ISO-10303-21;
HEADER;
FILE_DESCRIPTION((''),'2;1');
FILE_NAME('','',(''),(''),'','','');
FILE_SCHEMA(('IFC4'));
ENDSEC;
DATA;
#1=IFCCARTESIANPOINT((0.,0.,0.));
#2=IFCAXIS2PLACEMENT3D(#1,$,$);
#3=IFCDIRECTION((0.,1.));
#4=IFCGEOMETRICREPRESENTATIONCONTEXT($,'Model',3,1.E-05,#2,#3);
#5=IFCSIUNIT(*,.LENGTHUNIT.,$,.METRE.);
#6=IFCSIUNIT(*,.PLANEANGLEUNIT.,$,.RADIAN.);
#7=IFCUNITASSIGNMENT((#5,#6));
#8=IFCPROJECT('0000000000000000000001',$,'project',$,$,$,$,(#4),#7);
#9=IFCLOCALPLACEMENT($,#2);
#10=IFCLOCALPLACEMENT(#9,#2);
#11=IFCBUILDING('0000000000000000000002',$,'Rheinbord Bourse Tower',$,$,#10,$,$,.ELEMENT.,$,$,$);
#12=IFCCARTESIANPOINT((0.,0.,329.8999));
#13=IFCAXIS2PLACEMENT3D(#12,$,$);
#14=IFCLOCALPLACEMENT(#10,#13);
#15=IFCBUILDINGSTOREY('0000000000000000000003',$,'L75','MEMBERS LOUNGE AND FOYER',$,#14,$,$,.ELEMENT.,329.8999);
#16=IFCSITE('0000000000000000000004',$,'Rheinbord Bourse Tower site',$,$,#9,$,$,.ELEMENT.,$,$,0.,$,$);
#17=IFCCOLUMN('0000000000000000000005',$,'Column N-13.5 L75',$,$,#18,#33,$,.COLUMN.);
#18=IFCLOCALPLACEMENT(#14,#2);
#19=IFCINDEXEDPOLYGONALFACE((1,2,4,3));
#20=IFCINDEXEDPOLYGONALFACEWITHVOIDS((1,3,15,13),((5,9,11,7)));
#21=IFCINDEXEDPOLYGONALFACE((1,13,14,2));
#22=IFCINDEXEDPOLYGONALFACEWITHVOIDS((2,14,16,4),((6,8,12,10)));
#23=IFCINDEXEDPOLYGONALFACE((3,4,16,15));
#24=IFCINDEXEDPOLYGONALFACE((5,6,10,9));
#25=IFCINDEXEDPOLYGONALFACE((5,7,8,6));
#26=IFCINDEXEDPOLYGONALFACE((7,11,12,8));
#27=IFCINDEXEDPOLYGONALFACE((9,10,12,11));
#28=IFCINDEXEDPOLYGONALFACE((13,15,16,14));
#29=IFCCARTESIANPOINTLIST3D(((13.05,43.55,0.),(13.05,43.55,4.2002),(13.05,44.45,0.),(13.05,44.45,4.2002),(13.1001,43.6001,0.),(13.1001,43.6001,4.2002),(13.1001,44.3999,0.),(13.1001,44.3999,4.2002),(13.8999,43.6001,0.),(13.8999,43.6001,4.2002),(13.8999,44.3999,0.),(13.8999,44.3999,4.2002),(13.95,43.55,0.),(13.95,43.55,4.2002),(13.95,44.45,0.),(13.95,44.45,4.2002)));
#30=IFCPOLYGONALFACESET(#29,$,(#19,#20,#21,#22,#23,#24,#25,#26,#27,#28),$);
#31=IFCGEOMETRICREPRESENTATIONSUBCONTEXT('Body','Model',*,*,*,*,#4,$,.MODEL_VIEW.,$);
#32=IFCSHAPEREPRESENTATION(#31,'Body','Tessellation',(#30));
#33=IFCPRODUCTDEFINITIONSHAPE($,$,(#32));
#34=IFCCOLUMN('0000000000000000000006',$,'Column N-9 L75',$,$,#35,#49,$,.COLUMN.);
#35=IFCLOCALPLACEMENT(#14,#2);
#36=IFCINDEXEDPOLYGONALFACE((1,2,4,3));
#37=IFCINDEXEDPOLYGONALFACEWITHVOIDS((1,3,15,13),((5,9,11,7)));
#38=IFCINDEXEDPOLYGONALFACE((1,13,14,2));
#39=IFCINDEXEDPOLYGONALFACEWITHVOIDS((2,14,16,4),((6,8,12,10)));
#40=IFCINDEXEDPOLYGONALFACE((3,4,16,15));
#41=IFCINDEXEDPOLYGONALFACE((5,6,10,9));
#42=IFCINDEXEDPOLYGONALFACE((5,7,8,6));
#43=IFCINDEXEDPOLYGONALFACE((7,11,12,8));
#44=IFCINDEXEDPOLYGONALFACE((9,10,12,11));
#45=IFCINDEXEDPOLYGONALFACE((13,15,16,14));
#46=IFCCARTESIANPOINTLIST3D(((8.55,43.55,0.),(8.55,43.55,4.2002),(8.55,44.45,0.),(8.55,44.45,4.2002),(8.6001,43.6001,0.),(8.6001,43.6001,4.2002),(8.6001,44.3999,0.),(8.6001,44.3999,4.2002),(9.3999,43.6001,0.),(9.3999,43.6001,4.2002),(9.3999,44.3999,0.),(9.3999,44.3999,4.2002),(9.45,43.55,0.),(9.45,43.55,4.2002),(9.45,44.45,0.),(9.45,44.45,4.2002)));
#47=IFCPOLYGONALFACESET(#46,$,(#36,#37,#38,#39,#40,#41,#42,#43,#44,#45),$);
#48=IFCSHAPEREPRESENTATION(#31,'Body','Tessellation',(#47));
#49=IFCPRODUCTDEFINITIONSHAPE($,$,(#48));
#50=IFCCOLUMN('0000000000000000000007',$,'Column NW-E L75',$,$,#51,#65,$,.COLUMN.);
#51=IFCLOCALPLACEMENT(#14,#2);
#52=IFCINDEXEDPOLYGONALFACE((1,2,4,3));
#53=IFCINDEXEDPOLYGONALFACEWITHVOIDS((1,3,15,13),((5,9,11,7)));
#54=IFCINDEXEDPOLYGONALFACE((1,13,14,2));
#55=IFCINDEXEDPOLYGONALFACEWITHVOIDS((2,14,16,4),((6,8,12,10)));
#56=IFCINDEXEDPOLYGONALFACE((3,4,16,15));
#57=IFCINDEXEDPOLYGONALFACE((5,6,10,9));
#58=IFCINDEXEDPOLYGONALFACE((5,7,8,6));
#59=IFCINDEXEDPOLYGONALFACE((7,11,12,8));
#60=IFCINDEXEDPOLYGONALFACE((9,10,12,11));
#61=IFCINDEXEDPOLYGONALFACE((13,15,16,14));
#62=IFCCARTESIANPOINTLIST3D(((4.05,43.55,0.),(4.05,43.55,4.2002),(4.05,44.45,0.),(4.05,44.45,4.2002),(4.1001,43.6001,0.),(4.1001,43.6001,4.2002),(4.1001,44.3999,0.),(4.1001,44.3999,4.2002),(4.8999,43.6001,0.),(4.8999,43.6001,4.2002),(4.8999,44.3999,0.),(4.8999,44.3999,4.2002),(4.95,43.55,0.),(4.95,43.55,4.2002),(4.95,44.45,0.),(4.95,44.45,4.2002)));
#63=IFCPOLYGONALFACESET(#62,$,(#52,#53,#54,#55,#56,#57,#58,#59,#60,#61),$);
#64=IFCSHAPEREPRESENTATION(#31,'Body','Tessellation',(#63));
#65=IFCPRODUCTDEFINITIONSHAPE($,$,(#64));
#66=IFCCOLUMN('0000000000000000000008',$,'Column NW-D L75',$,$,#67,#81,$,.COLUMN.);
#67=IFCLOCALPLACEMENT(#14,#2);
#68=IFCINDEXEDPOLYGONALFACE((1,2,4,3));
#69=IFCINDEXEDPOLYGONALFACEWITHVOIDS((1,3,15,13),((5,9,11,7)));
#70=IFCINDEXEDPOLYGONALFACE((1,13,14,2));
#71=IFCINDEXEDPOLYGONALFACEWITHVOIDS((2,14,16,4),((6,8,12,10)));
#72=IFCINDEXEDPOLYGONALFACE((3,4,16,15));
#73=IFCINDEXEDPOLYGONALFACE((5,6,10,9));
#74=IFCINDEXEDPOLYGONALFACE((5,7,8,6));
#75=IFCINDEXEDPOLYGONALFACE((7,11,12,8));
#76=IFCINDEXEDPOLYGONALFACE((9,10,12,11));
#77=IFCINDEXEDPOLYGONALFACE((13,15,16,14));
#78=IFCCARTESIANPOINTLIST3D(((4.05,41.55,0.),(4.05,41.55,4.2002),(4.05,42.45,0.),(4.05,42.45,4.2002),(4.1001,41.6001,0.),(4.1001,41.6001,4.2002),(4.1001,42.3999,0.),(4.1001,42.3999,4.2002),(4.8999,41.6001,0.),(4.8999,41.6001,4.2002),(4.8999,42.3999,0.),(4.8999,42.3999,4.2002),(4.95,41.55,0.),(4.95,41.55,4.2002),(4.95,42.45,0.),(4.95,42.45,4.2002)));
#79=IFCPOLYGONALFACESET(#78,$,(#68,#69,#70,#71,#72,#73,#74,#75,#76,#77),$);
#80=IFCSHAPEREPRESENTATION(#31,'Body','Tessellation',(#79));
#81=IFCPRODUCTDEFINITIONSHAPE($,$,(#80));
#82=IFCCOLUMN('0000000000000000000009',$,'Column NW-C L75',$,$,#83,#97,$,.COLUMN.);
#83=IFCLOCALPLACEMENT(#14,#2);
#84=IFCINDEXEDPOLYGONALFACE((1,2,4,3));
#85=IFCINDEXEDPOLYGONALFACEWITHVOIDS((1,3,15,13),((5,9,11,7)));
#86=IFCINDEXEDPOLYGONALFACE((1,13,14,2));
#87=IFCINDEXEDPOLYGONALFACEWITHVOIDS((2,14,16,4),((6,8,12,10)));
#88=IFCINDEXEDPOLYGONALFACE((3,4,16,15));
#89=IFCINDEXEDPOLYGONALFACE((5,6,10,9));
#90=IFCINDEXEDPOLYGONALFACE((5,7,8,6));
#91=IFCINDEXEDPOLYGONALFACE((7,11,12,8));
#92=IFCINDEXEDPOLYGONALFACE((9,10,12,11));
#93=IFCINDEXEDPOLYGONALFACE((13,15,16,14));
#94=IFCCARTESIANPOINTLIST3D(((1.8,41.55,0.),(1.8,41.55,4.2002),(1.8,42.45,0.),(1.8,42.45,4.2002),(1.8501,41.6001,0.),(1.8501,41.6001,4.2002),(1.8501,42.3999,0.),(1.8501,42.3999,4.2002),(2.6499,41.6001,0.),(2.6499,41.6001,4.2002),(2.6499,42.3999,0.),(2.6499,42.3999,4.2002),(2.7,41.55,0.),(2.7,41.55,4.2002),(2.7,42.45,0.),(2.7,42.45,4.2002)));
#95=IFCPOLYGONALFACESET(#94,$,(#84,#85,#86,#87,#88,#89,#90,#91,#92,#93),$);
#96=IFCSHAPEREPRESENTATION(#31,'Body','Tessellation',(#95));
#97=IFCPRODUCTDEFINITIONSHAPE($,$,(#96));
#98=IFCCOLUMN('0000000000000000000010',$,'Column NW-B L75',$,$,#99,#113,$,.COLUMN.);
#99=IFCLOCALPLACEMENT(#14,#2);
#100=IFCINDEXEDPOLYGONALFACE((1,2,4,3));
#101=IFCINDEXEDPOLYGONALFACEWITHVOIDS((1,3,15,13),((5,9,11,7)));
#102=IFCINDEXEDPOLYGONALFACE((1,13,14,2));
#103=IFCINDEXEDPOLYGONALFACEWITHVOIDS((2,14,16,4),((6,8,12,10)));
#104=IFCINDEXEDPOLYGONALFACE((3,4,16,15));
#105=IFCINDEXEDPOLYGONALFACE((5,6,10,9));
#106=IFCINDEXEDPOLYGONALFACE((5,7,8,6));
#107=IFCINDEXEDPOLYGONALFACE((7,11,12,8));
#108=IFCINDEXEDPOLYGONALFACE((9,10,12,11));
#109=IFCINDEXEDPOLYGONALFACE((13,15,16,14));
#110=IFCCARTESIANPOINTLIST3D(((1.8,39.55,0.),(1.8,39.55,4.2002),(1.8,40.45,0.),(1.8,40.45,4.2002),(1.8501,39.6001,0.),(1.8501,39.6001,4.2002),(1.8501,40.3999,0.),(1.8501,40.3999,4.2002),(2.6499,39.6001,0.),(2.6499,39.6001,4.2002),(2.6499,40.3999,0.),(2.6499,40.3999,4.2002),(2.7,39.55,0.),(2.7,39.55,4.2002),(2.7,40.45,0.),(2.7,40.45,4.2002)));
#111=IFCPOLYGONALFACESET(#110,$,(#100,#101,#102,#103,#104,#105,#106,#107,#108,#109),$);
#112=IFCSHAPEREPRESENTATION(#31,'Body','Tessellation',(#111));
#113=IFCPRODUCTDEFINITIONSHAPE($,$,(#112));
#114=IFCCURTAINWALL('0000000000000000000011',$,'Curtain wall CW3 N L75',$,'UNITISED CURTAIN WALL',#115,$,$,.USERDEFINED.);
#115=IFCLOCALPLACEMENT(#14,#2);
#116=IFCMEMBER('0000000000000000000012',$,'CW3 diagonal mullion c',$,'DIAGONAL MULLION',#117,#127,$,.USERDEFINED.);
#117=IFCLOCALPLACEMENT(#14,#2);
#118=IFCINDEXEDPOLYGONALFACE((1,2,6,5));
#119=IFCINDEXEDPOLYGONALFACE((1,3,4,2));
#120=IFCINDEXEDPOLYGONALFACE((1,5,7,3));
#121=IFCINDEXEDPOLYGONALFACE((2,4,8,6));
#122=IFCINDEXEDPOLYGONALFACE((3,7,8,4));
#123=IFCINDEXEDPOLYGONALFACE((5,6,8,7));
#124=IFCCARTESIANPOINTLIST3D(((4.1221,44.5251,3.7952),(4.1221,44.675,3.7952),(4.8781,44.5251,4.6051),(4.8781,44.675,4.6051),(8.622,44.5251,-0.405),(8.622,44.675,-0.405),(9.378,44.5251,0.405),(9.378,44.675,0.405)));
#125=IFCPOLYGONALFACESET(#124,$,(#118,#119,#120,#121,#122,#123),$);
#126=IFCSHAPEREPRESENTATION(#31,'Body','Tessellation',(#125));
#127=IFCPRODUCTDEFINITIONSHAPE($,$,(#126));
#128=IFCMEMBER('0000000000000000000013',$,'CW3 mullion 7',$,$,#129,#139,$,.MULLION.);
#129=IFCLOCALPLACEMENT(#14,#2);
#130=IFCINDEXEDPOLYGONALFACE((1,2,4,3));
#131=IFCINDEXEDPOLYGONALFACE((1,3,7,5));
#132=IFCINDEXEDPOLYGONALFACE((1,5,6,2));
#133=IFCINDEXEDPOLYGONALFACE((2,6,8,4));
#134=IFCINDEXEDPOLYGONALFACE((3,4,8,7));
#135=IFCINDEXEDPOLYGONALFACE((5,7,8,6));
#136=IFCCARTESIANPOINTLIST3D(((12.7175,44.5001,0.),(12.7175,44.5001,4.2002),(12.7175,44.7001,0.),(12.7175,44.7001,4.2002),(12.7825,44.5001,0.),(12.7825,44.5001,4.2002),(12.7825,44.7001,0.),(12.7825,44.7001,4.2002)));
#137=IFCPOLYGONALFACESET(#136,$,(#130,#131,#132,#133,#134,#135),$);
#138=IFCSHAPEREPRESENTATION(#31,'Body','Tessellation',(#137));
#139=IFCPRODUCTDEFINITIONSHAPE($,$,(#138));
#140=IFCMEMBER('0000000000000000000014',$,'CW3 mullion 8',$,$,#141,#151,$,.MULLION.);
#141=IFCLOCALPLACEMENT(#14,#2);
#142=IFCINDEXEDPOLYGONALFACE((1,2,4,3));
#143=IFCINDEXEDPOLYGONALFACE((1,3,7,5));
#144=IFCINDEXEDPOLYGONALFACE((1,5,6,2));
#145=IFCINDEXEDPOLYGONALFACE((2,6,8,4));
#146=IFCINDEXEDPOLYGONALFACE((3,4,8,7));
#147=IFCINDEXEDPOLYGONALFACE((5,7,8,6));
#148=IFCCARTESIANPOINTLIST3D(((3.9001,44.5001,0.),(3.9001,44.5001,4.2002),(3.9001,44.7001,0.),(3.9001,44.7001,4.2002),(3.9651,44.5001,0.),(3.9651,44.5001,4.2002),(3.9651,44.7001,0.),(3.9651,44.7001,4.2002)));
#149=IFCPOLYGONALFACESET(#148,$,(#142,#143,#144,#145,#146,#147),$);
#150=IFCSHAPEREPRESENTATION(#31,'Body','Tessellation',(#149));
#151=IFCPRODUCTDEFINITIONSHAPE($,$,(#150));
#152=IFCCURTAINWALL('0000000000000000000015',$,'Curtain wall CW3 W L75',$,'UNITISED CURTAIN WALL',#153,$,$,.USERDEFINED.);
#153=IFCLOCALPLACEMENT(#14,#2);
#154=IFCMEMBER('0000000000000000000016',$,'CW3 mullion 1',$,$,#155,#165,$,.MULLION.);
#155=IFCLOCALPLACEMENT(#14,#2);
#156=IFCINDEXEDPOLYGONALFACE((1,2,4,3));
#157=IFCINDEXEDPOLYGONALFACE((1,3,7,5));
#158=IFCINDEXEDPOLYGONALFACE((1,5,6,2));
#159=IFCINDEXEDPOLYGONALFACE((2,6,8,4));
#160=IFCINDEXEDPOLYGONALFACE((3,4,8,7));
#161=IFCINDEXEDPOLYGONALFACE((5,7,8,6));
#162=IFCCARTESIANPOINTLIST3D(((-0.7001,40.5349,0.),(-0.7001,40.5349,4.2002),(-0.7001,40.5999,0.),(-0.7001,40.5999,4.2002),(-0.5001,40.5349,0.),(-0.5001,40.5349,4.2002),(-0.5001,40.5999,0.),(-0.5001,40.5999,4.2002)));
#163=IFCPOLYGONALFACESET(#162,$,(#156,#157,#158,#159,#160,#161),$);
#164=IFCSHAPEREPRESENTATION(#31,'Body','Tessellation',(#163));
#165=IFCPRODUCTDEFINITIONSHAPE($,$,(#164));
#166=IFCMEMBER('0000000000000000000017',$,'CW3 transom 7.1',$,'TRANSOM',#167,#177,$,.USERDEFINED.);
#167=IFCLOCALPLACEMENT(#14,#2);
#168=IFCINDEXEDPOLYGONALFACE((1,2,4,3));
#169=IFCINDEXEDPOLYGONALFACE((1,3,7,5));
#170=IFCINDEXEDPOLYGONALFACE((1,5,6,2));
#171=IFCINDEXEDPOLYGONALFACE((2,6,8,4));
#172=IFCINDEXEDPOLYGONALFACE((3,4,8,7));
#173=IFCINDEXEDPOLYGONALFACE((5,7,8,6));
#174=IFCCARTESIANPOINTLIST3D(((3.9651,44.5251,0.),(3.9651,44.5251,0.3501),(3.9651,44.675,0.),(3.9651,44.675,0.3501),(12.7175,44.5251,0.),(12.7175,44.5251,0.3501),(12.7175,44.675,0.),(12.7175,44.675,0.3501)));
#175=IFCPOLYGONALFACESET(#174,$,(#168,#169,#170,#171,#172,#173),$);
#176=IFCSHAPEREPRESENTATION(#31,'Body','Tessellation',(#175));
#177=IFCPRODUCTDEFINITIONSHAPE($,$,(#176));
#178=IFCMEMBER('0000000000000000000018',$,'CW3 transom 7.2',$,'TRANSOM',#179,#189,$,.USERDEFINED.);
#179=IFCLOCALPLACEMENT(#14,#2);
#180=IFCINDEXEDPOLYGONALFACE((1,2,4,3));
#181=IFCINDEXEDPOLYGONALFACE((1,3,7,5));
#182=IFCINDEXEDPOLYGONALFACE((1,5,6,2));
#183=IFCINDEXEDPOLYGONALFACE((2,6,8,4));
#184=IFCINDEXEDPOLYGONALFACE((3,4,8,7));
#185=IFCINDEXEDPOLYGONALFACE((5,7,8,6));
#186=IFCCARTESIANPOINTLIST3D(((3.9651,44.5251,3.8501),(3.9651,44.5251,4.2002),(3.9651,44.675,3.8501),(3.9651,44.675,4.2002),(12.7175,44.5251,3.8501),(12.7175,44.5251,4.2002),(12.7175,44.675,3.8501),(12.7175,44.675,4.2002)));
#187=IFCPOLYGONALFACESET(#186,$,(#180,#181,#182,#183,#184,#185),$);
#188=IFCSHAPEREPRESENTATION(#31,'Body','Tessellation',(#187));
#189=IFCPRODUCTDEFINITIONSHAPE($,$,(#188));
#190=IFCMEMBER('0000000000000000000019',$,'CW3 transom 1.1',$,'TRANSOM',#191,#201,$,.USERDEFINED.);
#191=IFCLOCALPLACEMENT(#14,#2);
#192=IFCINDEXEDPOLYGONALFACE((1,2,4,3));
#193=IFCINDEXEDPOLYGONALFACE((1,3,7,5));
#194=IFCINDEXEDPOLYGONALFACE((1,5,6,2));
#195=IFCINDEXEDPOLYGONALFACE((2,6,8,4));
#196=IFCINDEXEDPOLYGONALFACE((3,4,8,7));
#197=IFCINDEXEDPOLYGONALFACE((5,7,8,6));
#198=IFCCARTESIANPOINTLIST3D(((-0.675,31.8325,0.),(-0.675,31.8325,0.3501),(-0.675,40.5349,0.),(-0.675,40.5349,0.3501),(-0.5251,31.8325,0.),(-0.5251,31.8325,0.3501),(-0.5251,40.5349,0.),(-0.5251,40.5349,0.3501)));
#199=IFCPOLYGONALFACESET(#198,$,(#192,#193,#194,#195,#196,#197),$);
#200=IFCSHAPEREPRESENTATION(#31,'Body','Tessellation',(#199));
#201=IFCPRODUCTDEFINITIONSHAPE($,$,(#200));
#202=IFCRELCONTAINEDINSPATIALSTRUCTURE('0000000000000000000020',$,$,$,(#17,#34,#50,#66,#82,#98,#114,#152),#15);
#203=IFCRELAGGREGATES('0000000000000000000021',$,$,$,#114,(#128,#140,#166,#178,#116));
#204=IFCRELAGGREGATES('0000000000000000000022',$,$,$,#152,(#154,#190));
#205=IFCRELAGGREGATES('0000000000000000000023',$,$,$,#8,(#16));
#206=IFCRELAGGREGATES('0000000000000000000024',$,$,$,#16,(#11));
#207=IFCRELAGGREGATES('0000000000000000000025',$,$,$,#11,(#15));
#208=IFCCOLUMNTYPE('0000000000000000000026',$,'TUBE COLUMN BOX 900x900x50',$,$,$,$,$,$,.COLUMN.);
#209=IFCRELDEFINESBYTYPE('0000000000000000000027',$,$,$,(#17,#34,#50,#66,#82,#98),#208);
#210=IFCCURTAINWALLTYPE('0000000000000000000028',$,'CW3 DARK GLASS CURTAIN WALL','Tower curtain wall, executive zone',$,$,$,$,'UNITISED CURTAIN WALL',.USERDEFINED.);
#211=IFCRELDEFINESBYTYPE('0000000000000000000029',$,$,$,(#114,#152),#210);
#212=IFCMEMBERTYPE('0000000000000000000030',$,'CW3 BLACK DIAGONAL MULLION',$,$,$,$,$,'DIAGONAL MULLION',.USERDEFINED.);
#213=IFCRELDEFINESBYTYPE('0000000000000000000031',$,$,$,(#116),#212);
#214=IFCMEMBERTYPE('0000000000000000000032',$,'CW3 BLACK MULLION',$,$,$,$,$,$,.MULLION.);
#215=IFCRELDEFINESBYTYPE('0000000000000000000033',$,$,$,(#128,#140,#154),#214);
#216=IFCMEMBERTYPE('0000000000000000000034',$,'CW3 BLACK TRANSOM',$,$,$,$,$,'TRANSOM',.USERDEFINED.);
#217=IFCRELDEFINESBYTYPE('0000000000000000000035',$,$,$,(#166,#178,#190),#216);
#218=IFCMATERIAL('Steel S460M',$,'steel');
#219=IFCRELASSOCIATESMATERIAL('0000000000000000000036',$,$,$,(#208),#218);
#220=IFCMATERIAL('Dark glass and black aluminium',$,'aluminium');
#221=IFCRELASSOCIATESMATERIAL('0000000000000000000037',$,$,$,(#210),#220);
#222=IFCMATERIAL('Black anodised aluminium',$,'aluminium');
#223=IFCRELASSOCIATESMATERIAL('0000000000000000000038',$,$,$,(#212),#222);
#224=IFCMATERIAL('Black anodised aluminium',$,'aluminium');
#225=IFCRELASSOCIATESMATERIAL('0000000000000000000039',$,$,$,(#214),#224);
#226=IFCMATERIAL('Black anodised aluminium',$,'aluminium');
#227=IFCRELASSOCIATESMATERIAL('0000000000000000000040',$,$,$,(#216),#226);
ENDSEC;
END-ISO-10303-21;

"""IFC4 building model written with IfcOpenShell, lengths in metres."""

from ifc_helpers import new_model, si_unit, direction, frame, origin, origin_2d, place, context, subcontext, project, spatial, rectangle, hollow_rectangle, extrude, material, material_profile, profile_set, type_object, element, aggregate, save


model = new_model("IFC4")

# Units and contexts
model_context = context("Model", 3, precision=1e-05, world=origin(), true_north=direction((0.0, 1.0)))
body_context = subcontext(model_context, "Body", "Model", "MODEL_VIEW")
ifc_project = project(units=[si_unit("LENGTHUNIT", "METRE"), si_unit("PLANEANGLEUNIT", "RADIAN")], contexts=[model_context])

# Site, building, storey
site_placement = place(None, origin())
site = spatial("IfcSite", under=ifc_project, at=site_placement, Name="Rheinbord Bourse Tower site", CompositionType="ELEMENT", RefElevation=0.0)
building_placement = place(site_placement, origin())
building = spatial("IfcBuilding", under=site, at=building_placement, Name="Rheinbord Bourse Tower", CompositionType="ELEMENT")
storey_placement = place(building_placement, frame((0.0, 0.0, 329.8999)))
storey = spatial("IfcBuildingStorey", under=building, at=storey_placement, Name="L75", Description="MEMBERS LOUNGE AND FOYER", CompositionType="ELEMENT", Elevation=329.8999)

# Columns
ifc_material_1 = material(Name="Steel S460M", Category="steel")
ifc_material_profile_1 = material_profile(ifc_material_1, hollow_rectangle(XDim=0.8999, YDim=0.8999, WallThickness=0.05, at=origin_2d()), Name="BOX 900x900x50")
ifc_profile_set_1 = profile_set([ifc_material_profile_1], Name="Steel S460M")
column_type = type_object("IfcColumnType", Name="TUBE COLUMN BOX 900x900x50", PredefinedType="COLUMN", material=ifc_profile_set_1)
for number, where, z_axis, x_axis, name in (
    (1, (13.5, 44.0, 0.0), (0.0, 0.0, 1.0), (0.0, 1.0, 0.0), "Column N-13.5 L75"),
    (2, (9.0, 44.0, 0.0), (0.0, 0.0, 1.0), (0.0, 1.0, 0.0), "Column N-9 L75"),
    (3, (4.5, 44.0, 0.0), (0.0, 0.0, 1.0), (0.0, 1.0, 0.0), "Column NW-E L75"),
    (4, (4.5, 42.0, 0.0), (0.0, 0.0, 1.0), (0.0, 1.0, 0.0), "Column NW-D L75"),
    (5, (2.25, 42.0, 0.0), (0.0, 0.0, 1.0), (1.0, 0.0, 0.0), "Column NW-C L75"),
    (6, (2.25, 40.0, 0.0), (0.0, 0.0, 1.0), (1.0, 0.0, 0.0), "Column NW-B L75"),
):
    element("IfcColumn", number, at=place(storey_placement, frame(where, z_axis=z_axis, x_axis=x_axis)), inside=storey, type_object=column_type, Name=name, PredefinedType="COLUMN", context=body_context, shape_type="SweptSolid", body=[
        extrude(hollow_rectangle(XDim=0.8999, YDim=0.8999, WallThickness=0.05, at=origin_2d()), origin(), (0.0, 0.0, 1.0), 4.2002),
    ])

# Curtain wall, members
ifc_material_2 = material(Name="Dark glass and black aluminium", Category="aluminium")
curtain_wall_type = type_object("IfcCurtainWallType", Name="CW3 DARK GLASS CURTAIN WALL", Description="Tower curtain wall, executive zone", ElementType="UNITISED CURTAIN WALL", PredefinedType="USERDEFINED", material=ifc_material_2)
curtain_wall_1_placement = place(storey_placement, origin())
curtain_wall_1 = element("IfcCurtainWall", 7, at=curtain_wall_1_placement, inside=storey, type_object=curtain_wall_type, Name="Curtain wall CW3 N L75", ObjectType="UNITISED CURTAIN WALL", PredefinedType="USERDEFINED")
ifc_material_3 = material(Name="Black anodised aluminium", Category="aluminium")
ifc_material_profile_2 = material_profile(ifc_material_3, rectangle(XDim=0.1499, YDim=1.1079, at=origin_2d()), Name="CW3 DIAGONAL MULLION 1108x150")
ifc_profile_set_2 = profile_set([ifc_material_profile_2], Name="Black anodised aluminium")
member_type_1 = type_object("IfcMemberType", Name="CW3 BLACK DIAGONAL MULLION", ElementType="DIAGONAL MULLION", PredefinedType="USERDEFINED", material=ifc_profile_set_2)
member_1_placement = place(storey_placement, frame((9.0, 44.6001, 0.0), z_axis=(-0.731039, 0.0, 0.682335), x_axis=(0.0, -1.0, 0.0)))
member_1 = element("IfcMember", 8, at=member_1_placement, type_object=member_type_1, Name="CW3 diagonal mullion c", ObjectType="DIAGONAL MULLION", PredefinedType="USERDEFINED", context=body_context, shape_type="SweptSolid", body=[
    extrude(rectangle(XDim=0.1499, YDim=1.1079, at=origin_2d()), origin(), (0.0, 0.0, 1.0), 6.1555),
])
ifc_material_4 = material(Name="Black anodised aluminium", Category="aluminium")
ifc_material_profile_3 = material_profile(ifc_material_4, rectangle(XDim=0.2, YDim=0.0649, at=origin_2d()), Name="CW3 MULLION 65x200")
ifc_profile_set_3 = profile_set([ifc_material_profile_3], Name="Black anodised aluminium")
member_type_2 = type_object("IfcMemberType", Name="CW3 BLACK MULLION", PredefinedType="MULLION", material=ifc_profile_set_3)
member_2_placement = place(storey_placement, frame((12.75, 44.6001, 0.0), z_axis=(0.0, 0.0, 1.0), x_axis=(0.0, -1.0, 0.0)))
member_2 = element("IfcMember", 9, at=member_2_placement, type_object=member_type_2, Name="CW3 mullion 7", PredefinedType="MULLION", context=body_context, shape_type="SweptSolid", body=[
    extrude(rectangle(XDim=0.2, YDim=0.0649, at=origin_2d()), origin(), (0.0, 0.0, 1.0), 4.2002),
])
member_3_placement = place(storey_placement, frame((3.9326, 44.6001, 0.0), z_axis=(0.0, 0.0, 1.0), x_axis=(0.0, -1.0, 0.0)))
member_3 = element("IfcMember", 10, at=member_3_placement, type_object=member_type_2, Name="CW3 mullion 8", PredefinedType="MULLION", context=body_context, shape_type="SweptSolid", body=[
    extrude(rectangle(XDim=0.2, YDim=0.0649, at=origin_2d()), origin(), (0.0, 0.0, 1.0), 4.2002),
])

# Curtain wall, member
curtain_wall_2_placement = place(storey_placement, origin())
curtain_wall_2 = element("IfcCurtainWall", 11, at=curtain_wall_2_placement, inside=storey, type_object=curtain_wall_type, Name="Curtain wall CW3 W L75", ObjectType="UNITISED CURTAIN WALL", PredefinedType="USERDEFINED")
member_4_placement = place(storey_placement, frame((-0.6001, 40.5674, 0.0), z_axis=(0.0, 0.0, 1.0), x_axis=(1.0, 0.0, 0.0)))
member_4 = element("IfcMember", 12, at=member_4_placement, type_object=member_type_2, Name="CW3 mullion 1", PredefinedType="MULLION", context=body_context, shape_type="SweptSolid", body=[
    extrude(rectangle(XDim=0.2, YDim=0.0649, at=origin_2d()), origin(), (0.0, 0.0, 1.0), 4.2002),
])

# Members
ifc_material_5 = material(Name="Black anodised aluminium", Category="aluminium")
ifc_material_profile_4 = material_profile(ifc_material_5, rectangle(XDim=0.1499, YDim=0.3501, at=origin_2d()), Name="CW3 TRANSOM 350x150")
ifc_profile_set_4 = profile_set([ifc_material_profile_4], Name="Black anodised aluminium")
member_type_3 = type_object("IfcMemberType", Name="CW3 BLACK TRANSOM", ElementType="TRANSOM", PredefinedType="USERDEFINED", material=ifc_profile_set_4)
member_5_placement = place(storey_placement, frame((12.7175, 44.6001, 0.175), z_axis=(-1.0, 0.0, 0.0), x_axis=(0.0, -1.0, 0.0)))
member_5 = element("IfcMember", 13, at=member_5_placement, type_object=member_type_3, Name="CW3 transom 7.1", ObjectType="TRANSOM", PredefinedType="USERDEFINED", context=body_context, shape_type="SweptSolid", body=[
    extrude(rectangle(XDim=0.1499, YDim=0.3501, at=origin_2d()), origin(), (0.0, 0.0, 1.0), 8.7524),
])
member_6_placement = place(storey_placement, frame((12.7175, 44.6001, 4.0251), z_axis=(-1.0, 0.0, 0.0), x_axis=(0.0, -1.0, 0.0)))
member_6 = element("IfcMember", 14, at=member_6_placement, type_object=member_type_3, Name="CW3 transom 7.2", ObjectType="TRANSOM", PredefinedType="USERDEFINED", context=body_context, shape_type="SweptSolid", body=[
    extrude(rectangle(XDim=0.1499, YDim=0.3501, at=origin_2d()), origin(), (0.0, 0.0, 1.0), 8.7524),
])
member_7_placement = place(storey_placement, frame((-0.6001, 40.5349, 0.175), z_axis=(0.0, -1.0, 0.0), x_axis=(1.0, 0.0, 0.0)))
member_7 = element("IfcMember", 15, at=member_7_placement, type_object=member_type_3, Name="CW3 transom 1.1", ObjectType="TRANSOM", PredefinedType="USERDEFINED", context=body_context, shape_type="SweptSolid", body=[
    extrude(rectangle(XDim=0.1499, YDim=0.3501, at=origin_2d()), origin(), (0.0, 0.0, 1.0), 8.7024),
])

aggregate(curtain_wall_1, [member_2, member_3, member_5, member_6, member_1])
aggregate(curtain_wall_2, [member_4, member_7])

save(model, "model.ifc")
